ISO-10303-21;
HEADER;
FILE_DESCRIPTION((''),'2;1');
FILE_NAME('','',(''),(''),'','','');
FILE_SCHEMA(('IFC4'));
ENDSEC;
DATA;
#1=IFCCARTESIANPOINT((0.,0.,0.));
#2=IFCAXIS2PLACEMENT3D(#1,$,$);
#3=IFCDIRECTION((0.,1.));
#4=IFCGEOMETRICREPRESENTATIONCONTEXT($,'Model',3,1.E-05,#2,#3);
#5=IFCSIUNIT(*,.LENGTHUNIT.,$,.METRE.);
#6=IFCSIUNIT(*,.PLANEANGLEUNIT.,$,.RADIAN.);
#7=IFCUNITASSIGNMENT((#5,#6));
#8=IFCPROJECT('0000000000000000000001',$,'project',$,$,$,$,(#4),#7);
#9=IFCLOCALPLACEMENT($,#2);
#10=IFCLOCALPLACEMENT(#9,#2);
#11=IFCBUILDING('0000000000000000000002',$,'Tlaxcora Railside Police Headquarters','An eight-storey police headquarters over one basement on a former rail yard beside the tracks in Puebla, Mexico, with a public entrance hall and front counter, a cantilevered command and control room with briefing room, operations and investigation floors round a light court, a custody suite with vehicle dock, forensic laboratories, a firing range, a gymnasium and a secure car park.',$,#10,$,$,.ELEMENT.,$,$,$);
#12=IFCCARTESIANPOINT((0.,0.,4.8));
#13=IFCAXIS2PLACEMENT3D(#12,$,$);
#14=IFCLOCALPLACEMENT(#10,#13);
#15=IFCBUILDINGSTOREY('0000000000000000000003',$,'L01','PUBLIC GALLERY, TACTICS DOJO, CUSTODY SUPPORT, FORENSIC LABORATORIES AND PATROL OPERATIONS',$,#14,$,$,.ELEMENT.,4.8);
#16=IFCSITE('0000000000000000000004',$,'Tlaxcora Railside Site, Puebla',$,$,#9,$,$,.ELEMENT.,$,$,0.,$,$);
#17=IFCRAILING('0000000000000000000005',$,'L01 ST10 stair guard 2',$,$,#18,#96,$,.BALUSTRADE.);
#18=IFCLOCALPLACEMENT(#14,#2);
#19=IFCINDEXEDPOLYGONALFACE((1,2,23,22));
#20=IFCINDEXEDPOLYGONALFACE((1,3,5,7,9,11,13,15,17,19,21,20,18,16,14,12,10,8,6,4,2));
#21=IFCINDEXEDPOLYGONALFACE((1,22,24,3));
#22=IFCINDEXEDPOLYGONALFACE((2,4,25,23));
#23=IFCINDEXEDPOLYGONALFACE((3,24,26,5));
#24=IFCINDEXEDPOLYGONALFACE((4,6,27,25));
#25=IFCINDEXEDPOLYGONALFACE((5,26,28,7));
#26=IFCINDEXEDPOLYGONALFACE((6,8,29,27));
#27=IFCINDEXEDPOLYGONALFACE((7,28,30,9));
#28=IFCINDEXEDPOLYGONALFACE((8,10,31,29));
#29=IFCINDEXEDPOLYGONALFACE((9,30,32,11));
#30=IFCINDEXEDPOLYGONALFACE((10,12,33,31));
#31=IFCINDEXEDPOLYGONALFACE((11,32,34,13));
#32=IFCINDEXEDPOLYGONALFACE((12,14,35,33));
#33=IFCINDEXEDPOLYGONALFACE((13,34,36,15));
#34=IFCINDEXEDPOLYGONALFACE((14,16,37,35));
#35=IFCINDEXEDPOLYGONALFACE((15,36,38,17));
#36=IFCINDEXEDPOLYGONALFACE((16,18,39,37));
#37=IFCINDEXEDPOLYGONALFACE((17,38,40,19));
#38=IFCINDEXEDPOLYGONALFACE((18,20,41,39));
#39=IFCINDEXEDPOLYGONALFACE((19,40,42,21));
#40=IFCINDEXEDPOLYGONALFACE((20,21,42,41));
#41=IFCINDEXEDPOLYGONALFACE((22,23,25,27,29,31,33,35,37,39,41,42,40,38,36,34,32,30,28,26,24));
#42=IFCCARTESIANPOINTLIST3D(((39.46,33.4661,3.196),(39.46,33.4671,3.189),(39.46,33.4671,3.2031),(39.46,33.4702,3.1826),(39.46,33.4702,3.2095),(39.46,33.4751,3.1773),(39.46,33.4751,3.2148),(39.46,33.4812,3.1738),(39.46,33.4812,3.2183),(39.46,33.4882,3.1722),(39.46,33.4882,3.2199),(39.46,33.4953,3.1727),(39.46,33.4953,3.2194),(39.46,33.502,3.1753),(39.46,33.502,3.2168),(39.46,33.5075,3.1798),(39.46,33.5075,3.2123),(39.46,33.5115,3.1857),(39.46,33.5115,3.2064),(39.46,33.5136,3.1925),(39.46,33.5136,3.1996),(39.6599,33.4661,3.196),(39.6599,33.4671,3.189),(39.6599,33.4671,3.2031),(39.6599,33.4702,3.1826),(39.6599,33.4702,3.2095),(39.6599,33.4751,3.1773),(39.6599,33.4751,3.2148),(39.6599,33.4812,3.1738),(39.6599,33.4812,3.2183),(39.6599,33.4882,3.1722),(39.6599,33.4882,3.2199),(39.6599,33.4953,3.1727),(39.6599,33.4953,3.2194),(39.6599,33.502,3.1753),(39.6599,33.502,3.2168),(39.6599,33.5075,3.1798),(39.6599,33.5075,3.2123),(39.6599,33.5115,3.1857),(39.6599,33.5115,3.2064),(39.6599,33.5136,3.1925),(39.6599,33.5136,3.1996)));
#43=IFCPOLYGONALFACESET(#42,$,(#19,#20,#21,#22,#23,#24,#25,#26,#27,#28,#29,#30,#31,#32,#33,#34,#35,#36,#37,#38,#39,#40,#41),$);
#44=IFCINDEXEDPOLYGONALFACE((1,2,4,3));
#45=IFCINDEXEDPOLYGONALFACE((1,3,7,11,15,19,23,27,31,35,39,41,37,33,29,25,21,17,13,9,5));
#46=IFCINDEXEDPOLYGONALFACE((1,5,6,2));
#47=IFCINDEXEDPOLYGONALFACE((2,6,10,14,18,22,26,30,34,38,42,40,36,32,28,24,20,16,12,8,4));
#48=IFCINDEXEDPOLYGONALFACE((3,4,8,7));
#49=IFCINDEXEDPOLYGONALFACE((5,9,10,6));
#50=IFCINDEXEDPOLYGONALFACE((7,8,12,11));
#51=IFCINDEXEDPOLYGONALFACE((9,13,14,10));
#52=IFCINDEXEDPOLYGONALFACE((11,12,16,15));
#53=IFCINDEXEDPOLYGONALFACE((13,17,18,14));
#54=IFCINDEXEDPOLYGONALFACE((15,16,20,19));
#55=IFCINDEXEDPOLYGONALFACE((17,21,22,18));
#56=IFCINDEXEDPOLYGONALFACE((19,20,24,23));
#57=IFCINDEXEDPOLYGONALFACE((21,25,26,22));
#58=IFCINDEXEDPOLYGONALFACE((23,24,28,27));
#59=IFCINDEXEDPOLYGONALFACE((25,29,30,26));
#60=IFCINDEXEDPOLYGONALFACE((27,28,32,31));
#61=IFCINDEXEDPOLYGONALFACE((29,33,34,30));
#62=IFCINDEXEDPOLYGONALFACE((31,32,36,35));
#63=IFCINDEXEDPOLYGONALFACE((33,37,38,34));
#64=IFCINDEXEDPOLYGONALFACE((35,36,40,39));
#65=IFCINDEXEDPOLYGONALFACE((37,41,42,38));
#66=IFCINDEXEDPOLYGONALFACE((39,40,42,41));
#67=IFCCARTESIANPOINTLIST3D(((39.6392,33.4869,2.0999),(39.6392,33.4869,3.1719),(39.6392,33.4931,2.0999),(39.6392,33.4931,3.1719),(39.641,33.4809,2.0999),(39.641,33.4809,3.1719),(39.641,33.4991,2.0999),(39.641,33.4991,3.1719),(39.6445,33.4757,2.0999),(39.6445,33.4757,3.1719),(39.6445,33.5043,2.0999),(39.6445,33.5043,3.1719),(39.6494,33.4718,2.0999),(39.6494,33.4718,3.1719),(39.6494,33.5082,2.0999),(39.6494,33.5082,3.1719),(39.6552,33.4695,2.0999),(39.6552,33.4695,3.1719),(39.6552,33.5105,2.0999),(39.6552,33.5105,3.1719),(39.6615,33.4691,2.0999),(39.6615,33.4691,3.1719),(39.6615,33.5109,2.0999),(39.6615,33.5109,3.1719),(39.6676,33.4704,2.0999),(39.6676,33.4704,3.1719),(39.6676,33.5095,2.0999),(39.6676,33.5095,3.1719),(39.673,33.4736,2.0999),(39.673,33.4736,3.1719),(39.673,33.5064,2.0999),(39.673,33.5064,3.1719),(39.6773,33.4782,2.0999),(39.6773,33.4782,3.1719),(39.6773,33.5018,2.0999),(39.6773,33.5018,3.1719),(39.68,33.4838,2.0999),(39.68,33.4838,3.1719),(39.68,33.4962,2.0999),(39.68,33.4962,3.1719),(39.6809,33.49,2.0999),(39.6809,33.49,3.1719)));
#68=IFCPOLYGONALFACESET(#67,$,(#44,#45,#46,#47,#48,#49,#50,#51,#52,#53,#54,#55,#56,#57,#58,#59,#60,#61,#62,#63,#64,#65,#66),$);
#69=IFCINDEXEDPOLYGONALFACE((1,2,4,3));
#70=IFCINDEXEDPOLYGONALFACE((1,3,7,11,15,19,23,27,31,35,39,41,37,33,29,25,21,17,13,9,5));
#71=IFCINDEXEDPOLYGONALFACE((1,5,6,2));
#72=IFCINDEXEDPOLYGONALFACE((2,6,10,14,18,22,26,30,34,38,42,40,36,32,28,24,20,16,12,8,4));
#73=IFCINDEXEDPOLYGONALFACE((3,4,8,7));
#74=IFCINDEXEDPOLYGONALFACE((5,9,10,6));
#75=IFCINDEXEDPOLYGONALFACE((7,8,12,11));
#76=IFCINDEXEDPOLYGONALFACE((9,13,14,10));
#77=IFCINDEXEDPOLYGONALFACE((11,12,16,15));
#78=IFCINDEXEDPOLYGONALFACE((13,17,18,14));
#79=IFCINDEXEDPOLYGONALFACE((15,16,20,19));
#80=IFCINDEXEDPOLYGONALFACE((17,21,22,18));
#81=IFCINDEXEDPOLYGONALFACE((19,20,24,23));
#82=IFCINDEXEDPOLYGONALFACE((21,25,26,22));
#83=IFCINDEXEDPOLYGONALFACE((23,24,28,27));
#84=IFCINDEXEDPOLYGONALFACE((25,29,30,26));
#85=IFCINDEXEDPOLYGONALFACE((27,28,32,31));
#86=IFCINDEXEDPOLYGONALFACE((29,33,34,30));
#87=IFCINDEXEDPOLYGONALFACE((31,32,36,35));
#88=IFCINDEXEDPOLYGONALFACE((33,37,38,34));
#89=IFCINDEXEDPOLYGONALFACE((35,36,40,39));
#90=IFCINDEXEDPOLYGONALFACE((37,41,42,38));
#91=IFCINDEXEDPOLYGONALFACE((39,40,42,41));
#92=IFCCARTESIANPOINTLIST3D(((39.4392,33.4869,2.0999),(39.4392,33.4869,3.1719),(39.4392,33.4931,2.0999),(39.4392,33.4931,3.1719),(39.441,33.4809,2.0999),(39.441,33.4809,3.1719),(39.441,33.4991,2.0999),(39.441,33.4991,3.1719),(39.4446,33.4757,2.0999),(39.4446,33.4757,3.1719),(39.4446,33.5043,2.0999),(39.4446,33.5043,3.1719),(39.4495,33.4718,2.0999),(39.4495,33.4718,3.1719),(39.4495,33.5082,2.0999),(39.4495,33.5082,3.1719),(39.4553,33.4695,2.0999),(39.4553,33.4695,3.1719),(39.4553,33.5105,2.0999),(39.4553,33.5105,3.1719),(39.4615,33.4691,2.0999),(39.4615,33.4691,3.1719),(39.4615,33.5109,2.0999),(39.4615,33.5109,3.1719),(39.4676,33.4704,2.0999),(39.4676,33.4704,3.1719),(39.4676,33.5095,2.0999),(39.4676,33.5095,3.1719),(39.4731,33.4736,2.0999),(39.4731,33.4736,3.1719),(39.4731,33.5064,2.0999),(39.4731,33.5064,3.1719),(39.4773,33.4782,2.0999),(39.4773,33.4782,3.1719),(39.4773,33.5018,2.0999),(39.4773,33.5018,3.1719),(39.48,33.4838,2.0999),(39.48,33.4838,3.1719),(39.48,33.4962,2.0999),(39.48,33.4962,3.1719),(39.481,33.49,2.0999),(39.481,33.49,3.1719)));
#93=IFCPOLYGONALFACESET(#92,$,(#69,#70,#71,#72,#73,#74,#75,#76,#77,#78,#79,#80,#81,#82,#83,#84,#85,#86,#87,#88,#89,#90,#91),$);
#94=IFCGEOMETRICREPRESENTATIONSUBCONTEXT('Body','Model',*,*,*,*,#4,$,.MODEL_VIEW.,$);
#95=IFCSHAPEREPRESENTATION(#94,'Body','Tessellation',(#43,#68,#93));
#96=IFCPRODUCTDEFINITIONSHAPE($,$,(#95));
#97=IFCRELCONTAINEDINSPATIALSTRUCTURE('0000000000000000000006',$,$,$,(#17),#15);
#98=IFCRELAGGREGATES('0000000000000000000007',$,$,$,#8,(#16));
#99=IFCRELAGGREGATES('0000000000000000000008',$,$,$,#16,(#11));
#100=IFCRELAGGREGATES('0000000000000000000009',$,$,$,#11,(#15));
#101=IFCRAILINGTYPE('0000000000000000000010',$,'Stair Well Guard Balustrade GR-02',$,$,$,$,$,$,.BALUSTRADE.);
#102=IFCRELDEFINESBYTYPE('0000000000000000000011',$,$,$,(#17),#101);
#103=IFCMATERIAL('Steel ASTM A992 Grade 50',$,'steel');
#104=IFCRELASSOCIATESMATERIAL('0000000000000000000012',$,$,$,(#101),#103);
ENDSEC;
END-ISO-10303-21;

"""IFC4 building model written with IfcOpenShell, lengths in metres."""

from ifc_helpers import new_model, si_unit, direction, frame, origin, origin_2d, place, context, subcontext, project, spatial, circle, extrude, material, type_object, element, save


model = new_model("IFC4")

# Units and contexts
model_context = context("Model", 3, precision=1e-05, world=origin(), true_north=direction((0.0, 1.0)))
body_context = subcontext(model_context, "Body", "Model", "MODEL_VIEW")
ifc_project = project(units=[si_unit("LENGTHUNIT", "METRE"), si_unit("PLANEANGLEUNIT", "RADIAN")], contexts=[model_context])

# Site, building, storey
site_placement = place(None, origin())
site = spatial("IfcSite", under=ifc_project, at=site_placement, Name="Tlaxcora Railside Site, Puebla", CompositionType="ELEMENT", RefElevation=0.0)
building_placement = place(site_placement, origin())
building = spatial("IfcBuilding", under=site, at=building_placement, Name="Tlaxcora Railside Police Headquarters", Description="An eight-storey police headquarters over one basement on a former rail yard beside the tracks in Puebla, Mexico, with a public entrance hall and front counter, a cantilevered command and control room with briefing room, operations and investigation floors round a light court, a custody suite with vehicle dock, forensic laboratories, a firing range, a gymnasium and a secure car park.", CompositionType="ELEMENT")
storey_placement = place(building_placement, frame((0.0, 0.0, 4.8)))
storey = spatial("IfcBuildingStorey", under=building, at=storey_placement, Name="L01", Description="PUBLIC GALLERY, TACTICS DOJO, CUSTODY SUPPORT, FORENSIC LABORATORIES AND PATROL OPERATIONS", CompositionType="ELEMENT", Elevation=4.8)

# Shared definitions
ifc_material_1 = material(Name="Steel ASTM A992 Grade 50", Category="steel")

# Railing
railing_type_1 = type_object("IfcRailingType", Name="Stair Well Guard Balustrade GR-02", PredefinedType="BALUSTRADE", material=ifc_material_1)
railing_1_placement = place(storey_placement, frame((39.6599, 33.49, 2.0999)))
element("IfcRailing", 1, at=railing_1_placement, inside=storey, type_object=railing_type_1, Name="L01 ST10 stair guard 2", PredefinedType="BALUSTRADE", context=body_context, shape_type="SweptSolid", body=[
    extrude(circle(Radius=0.0239, at=origin_2d()), frame((0.0, 0.0, 1.0962), z_axis=(-1.0, 0.0, 0.0), x_axis=(0.0, -1.0, 0.0)), (0.0, 0.0, 1.0), 0.2),
    extrude(circle(Radius=0.021, at=origin_2d()), origin(), (0.0, 0.0, 1.0), 1.072),
    extrude(circle(Radius=0.021, at=origin_2d()), frame((-0.2, 0.0, 0.0)), (0.0, 0.0, 1.0), 1.072),
])

save(model, "model.ifc")
